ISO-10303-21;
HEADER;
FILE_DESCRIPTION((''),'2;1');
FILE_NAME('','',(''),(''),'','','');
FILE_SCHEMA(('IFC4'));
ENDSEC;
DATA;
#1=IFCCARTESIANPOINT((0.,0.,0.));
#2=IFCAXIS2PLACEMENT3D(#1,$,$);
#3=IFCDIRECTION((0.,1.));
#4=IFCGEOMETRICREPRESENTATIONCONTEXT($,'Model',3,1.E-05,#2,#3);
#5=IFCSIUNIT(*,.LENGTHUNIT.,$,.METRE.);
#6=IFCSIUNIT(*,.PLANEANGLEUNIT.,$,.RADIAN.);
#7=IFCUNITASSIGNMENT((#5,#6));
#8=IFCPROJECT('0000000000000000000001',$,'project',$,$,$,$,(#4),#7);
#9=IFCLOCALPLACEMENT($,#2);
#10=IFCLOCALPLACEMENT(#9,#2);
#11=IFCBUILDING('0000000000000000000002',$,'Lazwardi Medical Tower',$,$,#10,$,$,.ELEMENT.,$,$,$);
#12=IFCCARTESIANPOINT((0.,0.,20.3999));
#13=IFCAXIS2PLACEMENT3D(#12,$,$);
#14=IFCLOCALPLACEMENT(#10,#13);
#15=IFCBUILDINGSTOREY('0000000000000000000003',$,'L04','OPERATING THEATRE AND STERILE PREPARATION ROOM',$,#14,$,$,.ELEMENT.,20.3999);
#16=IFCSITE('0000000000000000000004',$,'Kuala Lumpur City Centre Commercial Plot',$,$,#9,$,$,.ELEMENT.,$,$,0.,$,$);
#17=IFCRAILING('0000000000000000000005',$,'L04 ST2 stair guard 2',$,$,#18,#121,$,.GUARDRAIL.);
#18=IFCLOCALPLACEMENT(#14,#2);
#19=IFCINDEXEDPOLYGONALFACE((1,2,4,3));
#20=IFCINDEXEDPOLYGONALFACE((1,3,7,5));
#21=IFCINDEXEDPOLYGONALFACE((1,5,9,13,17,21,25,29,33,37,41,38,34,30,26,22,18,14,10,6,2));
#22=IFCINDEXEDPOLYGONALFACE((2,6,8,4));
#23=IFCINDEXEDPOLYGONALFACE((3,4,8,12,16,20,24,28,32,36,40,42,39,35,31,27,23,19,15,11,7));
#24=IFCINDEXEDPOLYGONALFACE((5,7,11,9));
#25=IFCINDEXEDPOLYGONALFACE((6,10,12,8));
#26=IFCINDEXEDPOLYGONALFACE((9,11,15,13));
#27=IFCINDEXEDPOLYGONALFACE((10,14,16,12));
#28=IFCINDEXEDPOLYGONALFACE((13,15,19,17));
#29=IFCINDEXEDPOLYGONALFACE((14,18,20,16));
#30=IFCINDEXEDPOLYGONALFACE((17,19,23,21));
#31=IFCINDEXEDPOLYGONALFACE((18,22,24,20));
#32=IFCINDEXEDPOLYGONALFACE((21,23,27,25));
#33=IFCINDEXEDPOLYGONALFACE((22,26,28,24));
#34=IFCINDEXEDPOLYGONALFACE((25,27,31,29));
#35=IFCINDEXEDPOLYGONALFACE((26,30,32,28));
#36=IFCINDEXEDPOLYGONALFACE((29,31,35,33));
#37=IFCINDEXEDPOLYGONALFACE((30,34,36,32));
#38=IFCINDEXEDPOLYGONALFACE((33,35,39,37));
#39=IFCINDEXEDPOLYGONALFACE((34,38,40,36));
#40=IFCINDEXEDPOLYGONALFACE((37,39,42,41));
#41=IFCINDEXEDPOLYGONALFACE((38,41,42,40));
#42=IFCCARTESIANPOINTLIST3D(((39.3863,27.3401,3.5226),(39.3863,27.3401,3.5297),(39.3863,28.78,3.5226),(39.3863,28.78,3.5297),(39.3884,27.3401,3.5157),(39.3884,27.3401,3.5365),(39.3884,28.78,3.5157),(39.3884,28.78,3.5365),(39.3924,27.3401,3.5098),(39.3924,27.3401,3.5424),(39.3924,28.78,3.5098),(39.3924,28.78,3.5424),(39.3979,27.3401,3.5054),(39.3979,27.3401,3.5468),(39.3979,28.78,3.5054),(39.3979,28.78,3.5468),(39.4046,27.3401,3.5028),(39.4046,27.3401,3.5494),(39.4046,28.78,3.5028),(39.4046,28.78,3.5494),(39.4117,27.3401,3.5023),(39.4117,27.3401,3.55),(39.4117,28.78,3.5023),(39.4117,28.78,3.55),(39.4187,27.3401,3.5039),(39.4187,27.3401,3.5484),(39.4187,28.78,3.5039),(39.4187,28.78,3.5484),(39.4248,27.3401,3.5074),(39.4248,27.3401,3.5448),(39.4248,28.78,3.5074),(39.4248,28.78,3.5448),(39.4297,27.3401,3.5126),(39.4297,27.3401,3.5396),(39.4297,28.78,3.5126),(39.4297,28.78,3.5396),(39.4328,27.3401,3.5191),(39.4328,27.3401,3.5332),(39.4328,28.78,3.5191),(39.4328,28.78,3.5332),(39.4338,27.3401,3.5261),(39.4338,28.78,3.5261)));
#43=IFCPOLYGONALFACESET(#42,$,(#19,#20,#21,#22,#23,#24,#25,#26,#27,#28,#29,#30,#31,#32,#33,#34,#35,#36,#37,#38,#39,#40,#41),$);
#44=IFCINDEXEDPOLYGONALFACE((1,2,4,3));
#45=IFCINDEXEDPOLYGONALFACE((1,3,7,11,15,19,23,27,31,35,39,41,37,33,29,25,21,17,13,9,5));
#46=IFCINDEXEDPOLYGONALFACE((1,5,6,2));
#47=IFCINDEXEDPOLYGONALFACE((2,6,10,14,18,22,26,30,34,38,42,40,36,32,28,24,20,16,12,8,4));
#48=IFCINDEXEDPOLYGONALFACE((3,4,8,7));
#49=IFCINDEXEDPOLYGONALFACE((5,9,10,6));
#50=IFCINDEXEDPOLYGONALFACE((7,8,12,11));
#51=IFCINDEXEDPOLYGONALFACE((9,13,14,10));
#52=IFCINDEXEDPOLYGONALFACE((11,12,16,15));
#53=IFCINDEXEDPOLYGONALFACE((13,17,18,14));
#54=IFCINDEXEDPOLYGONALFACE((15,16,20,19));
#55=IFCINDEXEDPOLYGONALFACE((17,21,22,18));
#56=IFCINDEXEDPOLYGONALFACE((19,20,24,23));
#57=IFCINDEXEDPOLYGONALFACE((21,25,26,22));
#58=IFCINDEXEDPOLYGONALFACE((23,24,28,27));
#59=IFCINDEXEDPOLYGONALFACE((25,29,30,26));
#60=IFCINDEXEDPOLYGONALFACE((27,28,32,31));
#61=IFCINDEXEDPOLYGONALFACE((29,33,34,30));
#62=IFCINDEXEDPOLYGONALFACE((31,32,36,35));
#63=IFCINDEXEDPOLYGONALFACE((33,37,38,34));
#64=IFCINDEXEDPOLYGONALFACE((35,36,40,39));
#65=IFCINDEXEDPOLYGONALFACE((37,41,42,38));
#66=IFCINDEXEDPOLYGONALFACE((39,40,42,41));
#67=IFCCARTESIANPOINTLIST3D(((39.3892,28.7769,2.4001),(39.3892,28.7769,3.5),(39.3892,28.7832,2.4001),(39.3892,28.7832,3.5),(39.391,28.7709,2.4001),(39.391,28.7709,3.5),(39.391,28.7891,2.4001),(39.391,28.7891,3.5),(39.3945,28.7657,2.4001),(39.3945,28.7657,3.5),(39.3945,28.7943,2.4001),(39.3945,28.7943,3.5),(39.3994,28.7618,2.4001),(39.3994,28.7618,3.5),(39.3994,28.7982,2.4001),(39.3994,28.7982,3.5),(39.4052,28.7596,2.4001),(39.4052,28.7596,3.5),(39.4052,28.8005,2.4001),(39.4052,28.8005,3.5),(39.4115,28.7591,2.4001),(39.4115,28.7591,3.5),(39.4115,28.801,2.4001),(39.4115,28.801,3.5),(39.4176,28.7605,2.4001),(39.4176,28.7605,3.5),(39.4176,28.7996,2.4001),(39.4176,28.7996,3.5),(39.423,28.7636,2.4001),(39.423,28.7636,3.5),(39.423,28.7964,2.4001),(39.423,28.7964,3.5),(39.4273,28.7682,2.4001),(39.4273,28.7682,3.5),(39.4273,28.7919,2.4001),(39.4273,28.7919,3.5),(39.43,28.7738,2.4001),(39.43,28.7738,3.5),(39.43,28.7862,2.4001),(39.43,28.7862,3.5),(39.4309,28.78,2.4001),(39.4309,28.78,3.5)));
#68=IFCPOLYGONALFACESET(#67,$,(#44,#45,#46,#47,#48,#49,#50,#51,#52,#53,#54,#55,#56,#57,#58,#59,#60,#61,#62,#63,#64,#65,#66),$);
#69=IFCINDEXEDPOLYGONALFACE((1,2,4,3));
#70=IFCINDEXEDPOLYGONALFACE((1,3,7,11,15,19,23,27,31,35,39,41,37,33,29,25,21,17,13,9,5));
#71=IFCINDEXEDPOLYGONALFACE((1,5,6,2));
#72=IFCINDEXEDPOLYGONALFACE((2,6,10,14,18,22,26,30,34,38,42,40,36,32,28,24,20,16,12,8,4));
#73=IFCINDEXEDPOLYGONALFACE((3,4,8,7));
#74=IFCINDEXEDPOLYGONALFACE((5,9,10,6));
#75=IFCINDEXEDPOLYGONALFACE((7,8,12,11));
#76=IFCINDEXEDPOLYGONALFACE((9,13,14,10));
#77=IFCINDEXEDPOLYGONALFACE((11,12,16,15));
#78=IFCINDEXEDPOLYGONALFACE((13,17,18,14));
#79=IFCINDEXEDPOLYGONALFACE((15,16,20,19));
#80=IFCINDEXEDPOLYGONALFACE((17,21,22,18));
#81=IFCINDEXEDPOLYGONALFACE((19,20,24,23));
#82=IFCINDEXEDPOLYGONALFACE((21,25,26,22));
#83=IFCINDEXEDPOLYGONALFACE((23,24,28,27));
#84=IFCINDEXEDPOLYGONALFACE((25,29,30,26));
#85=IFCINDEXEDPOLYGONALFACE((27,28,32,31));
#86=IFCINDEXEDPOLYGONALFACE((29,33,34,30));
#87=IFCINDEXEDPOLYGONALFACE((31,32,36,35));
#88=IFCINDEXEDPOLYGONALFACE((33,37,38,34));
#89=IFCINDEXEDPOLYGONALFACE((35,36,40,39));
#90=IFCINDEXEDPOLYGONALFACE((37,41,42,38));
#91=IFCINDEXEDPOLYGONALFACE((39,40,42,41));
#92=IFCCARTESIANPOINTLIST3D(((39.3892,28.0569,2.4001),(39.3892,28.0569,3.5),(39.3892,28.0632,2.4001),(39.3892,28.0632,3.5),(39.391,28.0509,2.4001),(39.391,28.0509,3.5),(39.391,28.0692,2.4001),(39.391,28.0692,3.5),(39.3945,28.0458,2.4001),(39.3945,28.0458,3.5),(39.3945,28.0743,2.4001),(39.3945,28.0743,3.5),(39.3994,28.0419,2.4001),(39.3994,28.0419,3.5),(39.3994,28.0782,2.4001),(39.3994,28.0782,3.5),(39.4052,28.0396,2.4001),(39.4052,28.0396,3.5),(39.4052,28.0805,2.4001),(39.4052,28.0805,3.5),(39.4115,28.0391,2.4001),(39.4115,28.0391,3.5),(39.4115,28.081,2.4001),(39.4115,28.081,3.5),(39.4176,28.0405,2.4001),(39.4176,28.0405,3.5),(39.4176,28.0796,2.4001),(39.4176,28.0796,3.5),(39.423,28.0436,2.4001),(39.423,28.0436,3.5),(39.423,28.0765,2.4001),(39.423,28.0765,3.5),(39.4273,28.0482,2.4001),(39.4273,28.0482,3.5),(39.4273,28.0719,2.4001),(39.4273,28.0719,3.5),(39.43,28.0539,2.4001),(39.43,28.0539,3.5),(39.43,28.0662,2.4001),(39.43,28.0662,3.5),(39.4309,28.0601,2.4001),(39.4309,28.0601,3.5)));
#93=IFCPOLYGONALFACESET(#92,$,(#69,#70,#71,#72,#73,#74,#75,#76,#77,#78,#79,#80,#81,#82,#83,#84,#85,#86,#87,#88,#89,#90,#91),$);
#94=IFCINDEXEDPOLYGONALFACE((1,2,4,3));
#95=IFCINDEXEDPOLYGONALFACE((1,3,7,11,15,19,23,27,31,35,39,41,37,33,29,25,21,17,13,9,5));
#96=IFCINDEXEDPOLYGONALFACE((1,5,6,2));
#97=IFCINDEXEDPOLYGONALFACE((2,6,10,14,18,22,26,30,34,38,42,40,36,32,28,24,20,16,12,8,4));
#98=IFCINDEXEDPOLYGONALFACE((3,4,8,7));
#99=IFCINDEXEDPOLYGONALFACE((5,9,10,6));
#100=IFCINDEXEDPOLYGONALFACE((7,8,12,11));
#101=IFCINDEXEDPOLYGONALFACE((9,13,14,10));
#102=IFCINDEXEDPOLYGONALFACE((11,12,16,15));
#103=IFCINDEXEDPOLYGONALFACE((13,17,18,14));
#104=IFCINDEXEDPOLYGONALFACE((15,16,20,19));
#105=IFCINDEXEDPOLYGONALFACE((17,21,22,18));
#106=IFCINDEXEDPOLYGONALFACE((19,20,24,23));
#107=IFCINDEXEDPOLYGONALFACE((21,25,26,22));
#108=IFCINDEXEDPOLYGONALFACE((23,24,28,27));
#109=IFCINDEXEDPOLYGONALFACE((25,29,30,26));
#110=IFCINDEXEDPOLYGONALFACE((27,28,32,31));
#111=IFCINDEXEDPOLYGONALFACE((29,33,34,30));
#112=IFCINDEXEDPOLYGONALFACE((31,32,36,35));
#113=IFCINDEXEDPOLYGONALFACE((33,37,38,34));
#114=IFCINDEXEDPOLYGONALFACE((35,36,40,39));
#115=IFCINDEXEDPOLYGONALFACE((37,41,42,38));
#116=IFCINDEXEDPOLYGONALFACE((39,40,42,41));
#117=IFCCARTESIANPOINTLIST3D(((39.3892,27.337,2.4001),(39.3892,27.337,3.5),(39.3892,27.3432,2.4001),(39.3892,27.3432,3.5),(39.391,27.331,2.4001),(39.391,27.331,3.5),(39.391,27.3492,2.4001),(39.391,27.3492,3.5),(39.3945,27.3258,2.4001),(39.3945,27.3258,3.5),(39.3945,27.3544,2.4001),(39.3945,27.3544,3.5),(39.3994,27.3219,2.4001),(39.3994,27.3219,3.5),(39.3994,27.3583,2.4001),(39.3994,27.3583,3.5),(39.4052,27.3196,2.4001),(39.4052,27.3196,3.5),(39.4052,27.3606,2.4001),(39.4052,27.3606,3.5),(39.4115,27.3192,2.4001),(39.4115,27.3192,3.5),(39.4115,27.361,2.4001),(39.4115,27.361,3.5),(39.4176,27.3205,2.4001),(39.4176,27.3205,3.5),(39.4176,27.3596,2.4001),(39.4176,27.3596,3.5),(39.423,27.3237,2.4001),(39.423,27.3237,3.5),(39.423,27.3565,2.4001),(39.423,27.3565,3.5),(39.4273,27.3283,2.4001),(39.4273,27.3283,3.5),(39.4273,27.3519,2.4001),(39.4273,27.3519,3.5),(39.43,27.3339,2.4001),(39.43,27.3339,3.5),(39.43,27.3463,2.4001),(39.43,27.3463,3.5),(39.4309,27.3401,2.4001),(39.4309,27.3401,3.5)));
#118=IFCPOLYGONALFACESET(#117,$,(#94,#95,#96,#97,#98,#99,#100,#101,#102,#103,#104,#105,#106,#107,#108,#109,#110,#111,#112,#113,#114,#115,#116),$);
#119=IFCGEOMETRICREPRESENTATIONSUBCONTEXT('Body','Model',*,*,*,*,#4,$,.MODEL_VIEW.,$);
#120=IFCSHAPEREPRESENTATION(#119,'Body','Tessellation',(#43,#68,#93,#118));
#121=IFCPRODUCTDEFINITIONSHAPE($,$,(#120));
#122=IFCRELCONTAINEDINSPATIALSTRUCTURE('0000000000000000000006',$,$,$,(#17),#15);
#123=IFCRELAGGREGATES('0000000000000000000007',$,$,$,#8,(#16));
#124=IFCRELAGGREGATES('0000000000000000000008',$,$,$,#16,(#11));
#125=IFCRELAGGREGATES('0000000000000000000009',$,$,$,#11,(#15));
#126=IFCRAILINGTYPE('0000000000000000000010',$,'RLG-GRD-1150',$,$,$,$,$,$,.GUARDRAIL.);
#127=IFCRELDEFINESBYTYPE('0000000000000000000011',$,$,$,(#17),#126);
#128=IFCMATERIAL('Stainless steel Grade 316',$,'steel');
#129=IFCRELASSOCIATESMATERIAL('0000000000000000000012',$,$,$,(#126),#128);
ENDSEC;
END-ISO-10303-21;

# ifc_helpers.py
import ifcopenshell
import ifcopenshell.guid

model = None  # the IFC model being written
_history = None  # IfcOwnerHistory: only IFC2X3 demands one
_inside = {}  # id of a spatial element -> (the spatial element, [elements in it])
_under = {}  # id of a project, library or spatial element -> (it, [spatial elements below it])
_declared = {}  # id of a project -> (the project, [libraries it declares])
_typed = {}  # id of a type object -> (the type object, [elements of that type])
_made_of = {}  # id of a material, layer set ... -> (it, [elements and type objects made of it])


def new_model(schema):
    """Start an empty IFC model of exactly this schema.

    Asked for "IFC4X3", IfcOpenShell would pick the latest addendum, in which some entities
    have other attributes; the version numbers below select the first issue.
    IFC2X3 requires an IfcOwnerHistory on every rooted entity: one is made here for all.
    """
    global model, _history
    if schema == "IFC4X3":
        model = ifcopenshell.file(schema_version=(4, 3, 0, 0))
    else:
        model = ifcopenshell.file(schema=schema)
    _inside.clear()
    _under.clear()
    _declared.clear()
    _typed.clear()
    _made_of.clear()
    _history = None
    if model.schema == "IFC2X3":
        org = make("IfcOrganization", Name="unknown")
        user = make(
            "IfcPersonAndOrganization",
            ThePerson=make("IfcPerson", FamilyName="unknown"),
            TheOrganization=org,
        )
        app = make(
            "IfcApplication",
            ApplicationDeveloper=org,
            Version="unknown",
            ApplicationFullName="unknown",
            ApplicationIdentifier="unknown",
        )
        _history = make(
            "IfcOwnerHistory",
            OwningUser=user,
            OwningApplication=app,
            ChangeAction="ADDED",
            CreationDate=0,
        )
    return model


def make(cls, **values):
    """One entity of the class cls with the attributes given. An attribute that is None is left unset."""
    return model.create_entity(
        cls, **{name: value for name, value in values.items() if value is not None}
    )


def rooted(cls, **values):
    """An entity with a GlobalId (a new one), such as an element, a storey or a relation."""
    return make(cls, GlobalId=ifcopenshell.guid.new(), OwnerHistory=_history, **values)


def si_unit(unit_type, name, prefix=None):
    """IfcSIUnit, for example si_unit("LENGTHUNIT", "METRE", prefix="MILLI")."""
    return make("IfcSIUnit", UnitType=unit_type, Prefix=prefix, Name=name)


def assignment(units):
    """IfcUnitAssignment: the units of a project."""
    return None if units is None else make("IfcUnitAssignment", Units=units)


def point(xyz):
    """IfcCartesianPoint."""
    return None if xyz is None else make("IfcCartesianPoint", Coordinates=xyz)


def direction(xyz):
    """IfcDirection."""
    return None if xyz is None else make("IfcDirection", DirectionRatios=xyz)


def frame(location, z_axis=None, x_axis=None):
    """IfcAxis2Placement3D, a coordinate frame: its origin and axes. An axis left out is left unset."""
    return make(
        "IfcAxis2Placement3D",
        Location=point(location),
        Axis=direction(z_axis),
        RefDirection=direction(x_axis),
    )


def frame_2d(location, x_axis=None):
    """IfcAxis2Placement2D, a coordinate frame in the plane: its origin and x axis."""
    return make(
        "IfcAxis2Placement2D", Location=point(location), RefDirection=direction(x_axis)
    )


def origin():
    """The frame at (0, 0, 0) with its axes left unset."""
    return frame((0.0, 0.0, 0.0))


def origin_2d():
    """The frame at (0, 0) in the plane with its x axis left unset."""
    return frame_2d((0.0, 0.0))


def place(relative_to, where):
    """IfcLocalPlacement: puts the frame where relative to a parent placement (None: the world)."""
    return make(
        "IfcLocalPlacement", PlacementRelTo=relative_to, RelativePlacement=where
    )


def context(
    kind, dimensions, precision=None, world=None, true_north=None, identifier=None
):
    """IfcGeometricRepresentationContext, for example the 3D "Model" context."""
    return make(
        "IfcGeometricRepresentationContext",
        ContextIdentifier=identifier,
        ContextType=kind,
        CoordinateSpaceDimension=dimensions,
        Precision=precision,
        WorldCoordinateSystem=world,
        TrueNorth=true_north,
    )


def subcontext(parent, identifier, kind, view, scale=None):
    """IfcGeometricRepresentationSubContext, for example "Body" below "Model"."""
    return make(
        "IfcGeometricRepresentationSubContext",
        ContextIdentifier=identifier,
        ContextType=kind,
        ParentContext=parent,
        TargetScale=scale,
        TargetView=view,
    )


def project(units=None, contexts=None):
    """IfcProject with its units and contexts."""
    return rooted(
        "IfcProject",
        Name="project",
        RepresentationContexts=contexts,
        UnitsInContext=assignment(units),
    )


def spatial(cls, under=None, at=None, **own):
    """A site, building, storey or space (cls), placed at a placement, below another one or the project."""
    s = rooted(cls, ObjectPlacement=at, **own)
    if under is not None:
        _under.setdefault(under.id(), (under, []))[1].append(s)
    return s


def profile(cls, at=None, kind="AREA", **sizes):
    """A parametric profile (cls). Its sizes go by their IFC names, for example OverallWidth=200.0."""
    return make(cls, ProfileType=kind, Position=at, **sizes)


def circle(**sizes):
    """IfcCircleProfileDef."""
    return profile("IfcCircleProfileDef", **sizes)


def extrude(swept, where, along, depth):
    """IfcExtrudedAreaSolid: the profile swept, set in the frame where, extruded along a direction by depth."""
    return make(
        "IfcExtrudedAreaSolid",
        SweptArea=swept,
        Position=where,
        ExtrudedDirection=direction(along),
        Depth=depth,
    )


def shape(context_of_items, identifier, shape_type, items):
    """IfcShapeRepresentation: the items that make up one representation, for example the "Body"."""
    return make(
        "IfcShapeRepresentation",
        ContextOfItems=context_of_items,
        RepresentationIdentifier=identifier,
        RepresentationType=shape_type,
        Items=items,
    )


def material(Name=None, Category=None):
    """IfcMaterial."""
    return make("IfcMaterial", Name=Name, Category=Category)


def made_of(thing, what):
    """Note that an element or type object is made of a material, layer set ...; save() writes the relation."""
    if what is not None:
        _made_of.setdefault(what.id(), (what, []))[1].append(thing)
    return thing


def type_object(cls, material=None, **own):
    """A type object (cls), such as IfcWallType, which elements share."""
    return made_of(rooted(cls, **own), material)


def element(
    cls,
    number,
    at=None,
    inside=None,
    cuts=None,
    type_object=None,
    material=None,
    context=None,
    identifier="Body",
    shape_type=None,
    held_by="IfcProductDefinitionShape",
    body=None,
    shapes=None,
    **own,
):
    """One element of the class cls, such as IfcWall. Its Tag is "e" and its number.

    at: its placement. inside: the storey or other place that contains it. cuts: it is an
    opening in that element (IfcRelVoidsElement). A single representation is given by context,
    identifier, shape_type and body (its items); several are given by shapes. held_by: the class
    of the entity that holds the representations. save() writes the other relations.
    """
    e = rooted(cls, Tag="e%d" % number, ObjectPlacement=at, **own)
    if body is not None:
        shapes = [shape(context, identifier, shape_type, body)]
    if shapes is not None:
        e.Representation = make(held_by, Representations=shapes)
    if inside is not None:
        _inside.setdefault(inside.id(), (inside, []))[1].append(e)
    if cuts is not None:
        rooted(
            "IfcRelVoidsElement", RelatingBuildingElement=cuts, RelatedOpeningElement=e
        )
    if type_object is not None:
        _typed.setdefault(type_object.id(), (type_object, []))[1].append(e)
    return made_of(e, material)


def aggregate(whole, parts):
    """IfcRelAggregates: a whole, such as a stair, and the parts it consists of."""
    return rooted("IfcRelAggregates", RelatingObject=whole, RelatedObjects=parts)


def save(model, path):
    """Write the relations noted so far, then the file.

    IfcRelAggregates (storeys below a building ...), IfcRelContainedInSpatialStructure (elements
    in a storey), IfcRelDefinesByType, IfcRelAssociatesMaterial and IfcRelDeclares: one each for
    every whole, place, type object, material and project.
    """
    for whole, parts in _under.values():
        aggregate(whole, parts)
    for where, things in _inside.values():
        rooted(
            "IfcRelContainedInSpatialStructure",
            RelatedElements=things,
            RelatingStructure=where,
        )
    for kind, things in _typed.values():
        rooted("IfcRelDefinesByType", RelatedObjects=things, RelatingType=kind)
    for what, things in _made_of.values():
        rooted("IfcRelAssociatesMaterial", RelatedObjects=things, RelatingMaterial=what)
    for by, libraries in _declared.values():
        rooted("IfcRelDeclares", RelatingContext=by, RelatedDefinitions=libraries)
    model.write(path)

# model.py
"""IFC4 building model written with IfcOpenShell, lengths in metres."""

from ifc_helpers import new_model, si_unit, direction, frame, origin, origin_2d, place, context, subcontext, project, spatial, circle, extrude, material, type_object, element, save


model = new_model("IFC4")

# Units and contexts
model_context = context("Model", 3, precision=1e-05, world=origin(), true_north=direction((0.0, 1.0)))
body_context = subcontext(model_context, "Body", "Model", "MODEL_VIEW")
ifc_project = project(units=[si_unit("LENGTHUNIT", "METRE"), si_unit("PLANEANGLEUNIT", "RADIAN")], contexts=[model_context])

# Site, building, storey
site_placement = place(None, origin())
site = spatial("IfcSite", under=ifc_project, at=site_placement, Name="Kuala Lumpur City Centre Commercial Plot", CompositionType="ELEMENT", RefElevation=0.0)
building_placement = place(site_placement, origin())
building = spatial("IfcBuilding", under=site, at=building_placement, Name="Lazwardi Medical Tower", CompositionType="ELEMENT")
storey_placement = place(building_placement, frame((0.0, 0.0, 20.3999)))
storey = spatial("IfcBuildingStorey", under=building, at=storey_placement, Name="L04", Description="OPERATING THEATRE AND STERILE PREPARATION ROOM", CompositionType="ELEMENT", Elevation=20.3999)

# Railing
ifc_material_1 = material(Name="Stainless steel Grade 316", Category="steel")
railing_type_1 = type_object("IfcRailingType", Name="RLG-GRD-1150", PredefinedType="GUARDRAIL", material=ifc_material_1)
railing_1_placement = place(storey_placement, frame((39.4099, 28.78, 2.4001)))
element("IfcRailing", 1, at=railing_1_placement, inside=storey, type_object=railing_type_1, Name="L04 ST2 stair guard 2", PredefinedType="GUARDRAIL", context=body_context, shape_type="SweptSolid", body=[
    extrude(circle(Radius=0.0239, at=origin_2d()), frame((0.0, 0.0, 1.126), z_axis=(0.0, -1.0, 0.0), x_axis=(1.0, 0.0, 0.0)), (0.0, 0.0, 1.0), 1.4399),
    extrude(circle(Radius=0.021, at=origin_2d()), origin(), (0.0, 0.0, 1.0), 1.0999),
    extrude(circle(Radius=0.021, at=origin_2d()), frame((0.0, -0.72, 0.0)), (0.0, 0.0, 1.0), 1.0999),
    extrude(circle(Radius=0.021, at=origin_2d()), frame((0.0, -1.4399, 0.0)), (0.0, 0.0, 1.0), 1.0999),
])

save(model, "model.ifc")
